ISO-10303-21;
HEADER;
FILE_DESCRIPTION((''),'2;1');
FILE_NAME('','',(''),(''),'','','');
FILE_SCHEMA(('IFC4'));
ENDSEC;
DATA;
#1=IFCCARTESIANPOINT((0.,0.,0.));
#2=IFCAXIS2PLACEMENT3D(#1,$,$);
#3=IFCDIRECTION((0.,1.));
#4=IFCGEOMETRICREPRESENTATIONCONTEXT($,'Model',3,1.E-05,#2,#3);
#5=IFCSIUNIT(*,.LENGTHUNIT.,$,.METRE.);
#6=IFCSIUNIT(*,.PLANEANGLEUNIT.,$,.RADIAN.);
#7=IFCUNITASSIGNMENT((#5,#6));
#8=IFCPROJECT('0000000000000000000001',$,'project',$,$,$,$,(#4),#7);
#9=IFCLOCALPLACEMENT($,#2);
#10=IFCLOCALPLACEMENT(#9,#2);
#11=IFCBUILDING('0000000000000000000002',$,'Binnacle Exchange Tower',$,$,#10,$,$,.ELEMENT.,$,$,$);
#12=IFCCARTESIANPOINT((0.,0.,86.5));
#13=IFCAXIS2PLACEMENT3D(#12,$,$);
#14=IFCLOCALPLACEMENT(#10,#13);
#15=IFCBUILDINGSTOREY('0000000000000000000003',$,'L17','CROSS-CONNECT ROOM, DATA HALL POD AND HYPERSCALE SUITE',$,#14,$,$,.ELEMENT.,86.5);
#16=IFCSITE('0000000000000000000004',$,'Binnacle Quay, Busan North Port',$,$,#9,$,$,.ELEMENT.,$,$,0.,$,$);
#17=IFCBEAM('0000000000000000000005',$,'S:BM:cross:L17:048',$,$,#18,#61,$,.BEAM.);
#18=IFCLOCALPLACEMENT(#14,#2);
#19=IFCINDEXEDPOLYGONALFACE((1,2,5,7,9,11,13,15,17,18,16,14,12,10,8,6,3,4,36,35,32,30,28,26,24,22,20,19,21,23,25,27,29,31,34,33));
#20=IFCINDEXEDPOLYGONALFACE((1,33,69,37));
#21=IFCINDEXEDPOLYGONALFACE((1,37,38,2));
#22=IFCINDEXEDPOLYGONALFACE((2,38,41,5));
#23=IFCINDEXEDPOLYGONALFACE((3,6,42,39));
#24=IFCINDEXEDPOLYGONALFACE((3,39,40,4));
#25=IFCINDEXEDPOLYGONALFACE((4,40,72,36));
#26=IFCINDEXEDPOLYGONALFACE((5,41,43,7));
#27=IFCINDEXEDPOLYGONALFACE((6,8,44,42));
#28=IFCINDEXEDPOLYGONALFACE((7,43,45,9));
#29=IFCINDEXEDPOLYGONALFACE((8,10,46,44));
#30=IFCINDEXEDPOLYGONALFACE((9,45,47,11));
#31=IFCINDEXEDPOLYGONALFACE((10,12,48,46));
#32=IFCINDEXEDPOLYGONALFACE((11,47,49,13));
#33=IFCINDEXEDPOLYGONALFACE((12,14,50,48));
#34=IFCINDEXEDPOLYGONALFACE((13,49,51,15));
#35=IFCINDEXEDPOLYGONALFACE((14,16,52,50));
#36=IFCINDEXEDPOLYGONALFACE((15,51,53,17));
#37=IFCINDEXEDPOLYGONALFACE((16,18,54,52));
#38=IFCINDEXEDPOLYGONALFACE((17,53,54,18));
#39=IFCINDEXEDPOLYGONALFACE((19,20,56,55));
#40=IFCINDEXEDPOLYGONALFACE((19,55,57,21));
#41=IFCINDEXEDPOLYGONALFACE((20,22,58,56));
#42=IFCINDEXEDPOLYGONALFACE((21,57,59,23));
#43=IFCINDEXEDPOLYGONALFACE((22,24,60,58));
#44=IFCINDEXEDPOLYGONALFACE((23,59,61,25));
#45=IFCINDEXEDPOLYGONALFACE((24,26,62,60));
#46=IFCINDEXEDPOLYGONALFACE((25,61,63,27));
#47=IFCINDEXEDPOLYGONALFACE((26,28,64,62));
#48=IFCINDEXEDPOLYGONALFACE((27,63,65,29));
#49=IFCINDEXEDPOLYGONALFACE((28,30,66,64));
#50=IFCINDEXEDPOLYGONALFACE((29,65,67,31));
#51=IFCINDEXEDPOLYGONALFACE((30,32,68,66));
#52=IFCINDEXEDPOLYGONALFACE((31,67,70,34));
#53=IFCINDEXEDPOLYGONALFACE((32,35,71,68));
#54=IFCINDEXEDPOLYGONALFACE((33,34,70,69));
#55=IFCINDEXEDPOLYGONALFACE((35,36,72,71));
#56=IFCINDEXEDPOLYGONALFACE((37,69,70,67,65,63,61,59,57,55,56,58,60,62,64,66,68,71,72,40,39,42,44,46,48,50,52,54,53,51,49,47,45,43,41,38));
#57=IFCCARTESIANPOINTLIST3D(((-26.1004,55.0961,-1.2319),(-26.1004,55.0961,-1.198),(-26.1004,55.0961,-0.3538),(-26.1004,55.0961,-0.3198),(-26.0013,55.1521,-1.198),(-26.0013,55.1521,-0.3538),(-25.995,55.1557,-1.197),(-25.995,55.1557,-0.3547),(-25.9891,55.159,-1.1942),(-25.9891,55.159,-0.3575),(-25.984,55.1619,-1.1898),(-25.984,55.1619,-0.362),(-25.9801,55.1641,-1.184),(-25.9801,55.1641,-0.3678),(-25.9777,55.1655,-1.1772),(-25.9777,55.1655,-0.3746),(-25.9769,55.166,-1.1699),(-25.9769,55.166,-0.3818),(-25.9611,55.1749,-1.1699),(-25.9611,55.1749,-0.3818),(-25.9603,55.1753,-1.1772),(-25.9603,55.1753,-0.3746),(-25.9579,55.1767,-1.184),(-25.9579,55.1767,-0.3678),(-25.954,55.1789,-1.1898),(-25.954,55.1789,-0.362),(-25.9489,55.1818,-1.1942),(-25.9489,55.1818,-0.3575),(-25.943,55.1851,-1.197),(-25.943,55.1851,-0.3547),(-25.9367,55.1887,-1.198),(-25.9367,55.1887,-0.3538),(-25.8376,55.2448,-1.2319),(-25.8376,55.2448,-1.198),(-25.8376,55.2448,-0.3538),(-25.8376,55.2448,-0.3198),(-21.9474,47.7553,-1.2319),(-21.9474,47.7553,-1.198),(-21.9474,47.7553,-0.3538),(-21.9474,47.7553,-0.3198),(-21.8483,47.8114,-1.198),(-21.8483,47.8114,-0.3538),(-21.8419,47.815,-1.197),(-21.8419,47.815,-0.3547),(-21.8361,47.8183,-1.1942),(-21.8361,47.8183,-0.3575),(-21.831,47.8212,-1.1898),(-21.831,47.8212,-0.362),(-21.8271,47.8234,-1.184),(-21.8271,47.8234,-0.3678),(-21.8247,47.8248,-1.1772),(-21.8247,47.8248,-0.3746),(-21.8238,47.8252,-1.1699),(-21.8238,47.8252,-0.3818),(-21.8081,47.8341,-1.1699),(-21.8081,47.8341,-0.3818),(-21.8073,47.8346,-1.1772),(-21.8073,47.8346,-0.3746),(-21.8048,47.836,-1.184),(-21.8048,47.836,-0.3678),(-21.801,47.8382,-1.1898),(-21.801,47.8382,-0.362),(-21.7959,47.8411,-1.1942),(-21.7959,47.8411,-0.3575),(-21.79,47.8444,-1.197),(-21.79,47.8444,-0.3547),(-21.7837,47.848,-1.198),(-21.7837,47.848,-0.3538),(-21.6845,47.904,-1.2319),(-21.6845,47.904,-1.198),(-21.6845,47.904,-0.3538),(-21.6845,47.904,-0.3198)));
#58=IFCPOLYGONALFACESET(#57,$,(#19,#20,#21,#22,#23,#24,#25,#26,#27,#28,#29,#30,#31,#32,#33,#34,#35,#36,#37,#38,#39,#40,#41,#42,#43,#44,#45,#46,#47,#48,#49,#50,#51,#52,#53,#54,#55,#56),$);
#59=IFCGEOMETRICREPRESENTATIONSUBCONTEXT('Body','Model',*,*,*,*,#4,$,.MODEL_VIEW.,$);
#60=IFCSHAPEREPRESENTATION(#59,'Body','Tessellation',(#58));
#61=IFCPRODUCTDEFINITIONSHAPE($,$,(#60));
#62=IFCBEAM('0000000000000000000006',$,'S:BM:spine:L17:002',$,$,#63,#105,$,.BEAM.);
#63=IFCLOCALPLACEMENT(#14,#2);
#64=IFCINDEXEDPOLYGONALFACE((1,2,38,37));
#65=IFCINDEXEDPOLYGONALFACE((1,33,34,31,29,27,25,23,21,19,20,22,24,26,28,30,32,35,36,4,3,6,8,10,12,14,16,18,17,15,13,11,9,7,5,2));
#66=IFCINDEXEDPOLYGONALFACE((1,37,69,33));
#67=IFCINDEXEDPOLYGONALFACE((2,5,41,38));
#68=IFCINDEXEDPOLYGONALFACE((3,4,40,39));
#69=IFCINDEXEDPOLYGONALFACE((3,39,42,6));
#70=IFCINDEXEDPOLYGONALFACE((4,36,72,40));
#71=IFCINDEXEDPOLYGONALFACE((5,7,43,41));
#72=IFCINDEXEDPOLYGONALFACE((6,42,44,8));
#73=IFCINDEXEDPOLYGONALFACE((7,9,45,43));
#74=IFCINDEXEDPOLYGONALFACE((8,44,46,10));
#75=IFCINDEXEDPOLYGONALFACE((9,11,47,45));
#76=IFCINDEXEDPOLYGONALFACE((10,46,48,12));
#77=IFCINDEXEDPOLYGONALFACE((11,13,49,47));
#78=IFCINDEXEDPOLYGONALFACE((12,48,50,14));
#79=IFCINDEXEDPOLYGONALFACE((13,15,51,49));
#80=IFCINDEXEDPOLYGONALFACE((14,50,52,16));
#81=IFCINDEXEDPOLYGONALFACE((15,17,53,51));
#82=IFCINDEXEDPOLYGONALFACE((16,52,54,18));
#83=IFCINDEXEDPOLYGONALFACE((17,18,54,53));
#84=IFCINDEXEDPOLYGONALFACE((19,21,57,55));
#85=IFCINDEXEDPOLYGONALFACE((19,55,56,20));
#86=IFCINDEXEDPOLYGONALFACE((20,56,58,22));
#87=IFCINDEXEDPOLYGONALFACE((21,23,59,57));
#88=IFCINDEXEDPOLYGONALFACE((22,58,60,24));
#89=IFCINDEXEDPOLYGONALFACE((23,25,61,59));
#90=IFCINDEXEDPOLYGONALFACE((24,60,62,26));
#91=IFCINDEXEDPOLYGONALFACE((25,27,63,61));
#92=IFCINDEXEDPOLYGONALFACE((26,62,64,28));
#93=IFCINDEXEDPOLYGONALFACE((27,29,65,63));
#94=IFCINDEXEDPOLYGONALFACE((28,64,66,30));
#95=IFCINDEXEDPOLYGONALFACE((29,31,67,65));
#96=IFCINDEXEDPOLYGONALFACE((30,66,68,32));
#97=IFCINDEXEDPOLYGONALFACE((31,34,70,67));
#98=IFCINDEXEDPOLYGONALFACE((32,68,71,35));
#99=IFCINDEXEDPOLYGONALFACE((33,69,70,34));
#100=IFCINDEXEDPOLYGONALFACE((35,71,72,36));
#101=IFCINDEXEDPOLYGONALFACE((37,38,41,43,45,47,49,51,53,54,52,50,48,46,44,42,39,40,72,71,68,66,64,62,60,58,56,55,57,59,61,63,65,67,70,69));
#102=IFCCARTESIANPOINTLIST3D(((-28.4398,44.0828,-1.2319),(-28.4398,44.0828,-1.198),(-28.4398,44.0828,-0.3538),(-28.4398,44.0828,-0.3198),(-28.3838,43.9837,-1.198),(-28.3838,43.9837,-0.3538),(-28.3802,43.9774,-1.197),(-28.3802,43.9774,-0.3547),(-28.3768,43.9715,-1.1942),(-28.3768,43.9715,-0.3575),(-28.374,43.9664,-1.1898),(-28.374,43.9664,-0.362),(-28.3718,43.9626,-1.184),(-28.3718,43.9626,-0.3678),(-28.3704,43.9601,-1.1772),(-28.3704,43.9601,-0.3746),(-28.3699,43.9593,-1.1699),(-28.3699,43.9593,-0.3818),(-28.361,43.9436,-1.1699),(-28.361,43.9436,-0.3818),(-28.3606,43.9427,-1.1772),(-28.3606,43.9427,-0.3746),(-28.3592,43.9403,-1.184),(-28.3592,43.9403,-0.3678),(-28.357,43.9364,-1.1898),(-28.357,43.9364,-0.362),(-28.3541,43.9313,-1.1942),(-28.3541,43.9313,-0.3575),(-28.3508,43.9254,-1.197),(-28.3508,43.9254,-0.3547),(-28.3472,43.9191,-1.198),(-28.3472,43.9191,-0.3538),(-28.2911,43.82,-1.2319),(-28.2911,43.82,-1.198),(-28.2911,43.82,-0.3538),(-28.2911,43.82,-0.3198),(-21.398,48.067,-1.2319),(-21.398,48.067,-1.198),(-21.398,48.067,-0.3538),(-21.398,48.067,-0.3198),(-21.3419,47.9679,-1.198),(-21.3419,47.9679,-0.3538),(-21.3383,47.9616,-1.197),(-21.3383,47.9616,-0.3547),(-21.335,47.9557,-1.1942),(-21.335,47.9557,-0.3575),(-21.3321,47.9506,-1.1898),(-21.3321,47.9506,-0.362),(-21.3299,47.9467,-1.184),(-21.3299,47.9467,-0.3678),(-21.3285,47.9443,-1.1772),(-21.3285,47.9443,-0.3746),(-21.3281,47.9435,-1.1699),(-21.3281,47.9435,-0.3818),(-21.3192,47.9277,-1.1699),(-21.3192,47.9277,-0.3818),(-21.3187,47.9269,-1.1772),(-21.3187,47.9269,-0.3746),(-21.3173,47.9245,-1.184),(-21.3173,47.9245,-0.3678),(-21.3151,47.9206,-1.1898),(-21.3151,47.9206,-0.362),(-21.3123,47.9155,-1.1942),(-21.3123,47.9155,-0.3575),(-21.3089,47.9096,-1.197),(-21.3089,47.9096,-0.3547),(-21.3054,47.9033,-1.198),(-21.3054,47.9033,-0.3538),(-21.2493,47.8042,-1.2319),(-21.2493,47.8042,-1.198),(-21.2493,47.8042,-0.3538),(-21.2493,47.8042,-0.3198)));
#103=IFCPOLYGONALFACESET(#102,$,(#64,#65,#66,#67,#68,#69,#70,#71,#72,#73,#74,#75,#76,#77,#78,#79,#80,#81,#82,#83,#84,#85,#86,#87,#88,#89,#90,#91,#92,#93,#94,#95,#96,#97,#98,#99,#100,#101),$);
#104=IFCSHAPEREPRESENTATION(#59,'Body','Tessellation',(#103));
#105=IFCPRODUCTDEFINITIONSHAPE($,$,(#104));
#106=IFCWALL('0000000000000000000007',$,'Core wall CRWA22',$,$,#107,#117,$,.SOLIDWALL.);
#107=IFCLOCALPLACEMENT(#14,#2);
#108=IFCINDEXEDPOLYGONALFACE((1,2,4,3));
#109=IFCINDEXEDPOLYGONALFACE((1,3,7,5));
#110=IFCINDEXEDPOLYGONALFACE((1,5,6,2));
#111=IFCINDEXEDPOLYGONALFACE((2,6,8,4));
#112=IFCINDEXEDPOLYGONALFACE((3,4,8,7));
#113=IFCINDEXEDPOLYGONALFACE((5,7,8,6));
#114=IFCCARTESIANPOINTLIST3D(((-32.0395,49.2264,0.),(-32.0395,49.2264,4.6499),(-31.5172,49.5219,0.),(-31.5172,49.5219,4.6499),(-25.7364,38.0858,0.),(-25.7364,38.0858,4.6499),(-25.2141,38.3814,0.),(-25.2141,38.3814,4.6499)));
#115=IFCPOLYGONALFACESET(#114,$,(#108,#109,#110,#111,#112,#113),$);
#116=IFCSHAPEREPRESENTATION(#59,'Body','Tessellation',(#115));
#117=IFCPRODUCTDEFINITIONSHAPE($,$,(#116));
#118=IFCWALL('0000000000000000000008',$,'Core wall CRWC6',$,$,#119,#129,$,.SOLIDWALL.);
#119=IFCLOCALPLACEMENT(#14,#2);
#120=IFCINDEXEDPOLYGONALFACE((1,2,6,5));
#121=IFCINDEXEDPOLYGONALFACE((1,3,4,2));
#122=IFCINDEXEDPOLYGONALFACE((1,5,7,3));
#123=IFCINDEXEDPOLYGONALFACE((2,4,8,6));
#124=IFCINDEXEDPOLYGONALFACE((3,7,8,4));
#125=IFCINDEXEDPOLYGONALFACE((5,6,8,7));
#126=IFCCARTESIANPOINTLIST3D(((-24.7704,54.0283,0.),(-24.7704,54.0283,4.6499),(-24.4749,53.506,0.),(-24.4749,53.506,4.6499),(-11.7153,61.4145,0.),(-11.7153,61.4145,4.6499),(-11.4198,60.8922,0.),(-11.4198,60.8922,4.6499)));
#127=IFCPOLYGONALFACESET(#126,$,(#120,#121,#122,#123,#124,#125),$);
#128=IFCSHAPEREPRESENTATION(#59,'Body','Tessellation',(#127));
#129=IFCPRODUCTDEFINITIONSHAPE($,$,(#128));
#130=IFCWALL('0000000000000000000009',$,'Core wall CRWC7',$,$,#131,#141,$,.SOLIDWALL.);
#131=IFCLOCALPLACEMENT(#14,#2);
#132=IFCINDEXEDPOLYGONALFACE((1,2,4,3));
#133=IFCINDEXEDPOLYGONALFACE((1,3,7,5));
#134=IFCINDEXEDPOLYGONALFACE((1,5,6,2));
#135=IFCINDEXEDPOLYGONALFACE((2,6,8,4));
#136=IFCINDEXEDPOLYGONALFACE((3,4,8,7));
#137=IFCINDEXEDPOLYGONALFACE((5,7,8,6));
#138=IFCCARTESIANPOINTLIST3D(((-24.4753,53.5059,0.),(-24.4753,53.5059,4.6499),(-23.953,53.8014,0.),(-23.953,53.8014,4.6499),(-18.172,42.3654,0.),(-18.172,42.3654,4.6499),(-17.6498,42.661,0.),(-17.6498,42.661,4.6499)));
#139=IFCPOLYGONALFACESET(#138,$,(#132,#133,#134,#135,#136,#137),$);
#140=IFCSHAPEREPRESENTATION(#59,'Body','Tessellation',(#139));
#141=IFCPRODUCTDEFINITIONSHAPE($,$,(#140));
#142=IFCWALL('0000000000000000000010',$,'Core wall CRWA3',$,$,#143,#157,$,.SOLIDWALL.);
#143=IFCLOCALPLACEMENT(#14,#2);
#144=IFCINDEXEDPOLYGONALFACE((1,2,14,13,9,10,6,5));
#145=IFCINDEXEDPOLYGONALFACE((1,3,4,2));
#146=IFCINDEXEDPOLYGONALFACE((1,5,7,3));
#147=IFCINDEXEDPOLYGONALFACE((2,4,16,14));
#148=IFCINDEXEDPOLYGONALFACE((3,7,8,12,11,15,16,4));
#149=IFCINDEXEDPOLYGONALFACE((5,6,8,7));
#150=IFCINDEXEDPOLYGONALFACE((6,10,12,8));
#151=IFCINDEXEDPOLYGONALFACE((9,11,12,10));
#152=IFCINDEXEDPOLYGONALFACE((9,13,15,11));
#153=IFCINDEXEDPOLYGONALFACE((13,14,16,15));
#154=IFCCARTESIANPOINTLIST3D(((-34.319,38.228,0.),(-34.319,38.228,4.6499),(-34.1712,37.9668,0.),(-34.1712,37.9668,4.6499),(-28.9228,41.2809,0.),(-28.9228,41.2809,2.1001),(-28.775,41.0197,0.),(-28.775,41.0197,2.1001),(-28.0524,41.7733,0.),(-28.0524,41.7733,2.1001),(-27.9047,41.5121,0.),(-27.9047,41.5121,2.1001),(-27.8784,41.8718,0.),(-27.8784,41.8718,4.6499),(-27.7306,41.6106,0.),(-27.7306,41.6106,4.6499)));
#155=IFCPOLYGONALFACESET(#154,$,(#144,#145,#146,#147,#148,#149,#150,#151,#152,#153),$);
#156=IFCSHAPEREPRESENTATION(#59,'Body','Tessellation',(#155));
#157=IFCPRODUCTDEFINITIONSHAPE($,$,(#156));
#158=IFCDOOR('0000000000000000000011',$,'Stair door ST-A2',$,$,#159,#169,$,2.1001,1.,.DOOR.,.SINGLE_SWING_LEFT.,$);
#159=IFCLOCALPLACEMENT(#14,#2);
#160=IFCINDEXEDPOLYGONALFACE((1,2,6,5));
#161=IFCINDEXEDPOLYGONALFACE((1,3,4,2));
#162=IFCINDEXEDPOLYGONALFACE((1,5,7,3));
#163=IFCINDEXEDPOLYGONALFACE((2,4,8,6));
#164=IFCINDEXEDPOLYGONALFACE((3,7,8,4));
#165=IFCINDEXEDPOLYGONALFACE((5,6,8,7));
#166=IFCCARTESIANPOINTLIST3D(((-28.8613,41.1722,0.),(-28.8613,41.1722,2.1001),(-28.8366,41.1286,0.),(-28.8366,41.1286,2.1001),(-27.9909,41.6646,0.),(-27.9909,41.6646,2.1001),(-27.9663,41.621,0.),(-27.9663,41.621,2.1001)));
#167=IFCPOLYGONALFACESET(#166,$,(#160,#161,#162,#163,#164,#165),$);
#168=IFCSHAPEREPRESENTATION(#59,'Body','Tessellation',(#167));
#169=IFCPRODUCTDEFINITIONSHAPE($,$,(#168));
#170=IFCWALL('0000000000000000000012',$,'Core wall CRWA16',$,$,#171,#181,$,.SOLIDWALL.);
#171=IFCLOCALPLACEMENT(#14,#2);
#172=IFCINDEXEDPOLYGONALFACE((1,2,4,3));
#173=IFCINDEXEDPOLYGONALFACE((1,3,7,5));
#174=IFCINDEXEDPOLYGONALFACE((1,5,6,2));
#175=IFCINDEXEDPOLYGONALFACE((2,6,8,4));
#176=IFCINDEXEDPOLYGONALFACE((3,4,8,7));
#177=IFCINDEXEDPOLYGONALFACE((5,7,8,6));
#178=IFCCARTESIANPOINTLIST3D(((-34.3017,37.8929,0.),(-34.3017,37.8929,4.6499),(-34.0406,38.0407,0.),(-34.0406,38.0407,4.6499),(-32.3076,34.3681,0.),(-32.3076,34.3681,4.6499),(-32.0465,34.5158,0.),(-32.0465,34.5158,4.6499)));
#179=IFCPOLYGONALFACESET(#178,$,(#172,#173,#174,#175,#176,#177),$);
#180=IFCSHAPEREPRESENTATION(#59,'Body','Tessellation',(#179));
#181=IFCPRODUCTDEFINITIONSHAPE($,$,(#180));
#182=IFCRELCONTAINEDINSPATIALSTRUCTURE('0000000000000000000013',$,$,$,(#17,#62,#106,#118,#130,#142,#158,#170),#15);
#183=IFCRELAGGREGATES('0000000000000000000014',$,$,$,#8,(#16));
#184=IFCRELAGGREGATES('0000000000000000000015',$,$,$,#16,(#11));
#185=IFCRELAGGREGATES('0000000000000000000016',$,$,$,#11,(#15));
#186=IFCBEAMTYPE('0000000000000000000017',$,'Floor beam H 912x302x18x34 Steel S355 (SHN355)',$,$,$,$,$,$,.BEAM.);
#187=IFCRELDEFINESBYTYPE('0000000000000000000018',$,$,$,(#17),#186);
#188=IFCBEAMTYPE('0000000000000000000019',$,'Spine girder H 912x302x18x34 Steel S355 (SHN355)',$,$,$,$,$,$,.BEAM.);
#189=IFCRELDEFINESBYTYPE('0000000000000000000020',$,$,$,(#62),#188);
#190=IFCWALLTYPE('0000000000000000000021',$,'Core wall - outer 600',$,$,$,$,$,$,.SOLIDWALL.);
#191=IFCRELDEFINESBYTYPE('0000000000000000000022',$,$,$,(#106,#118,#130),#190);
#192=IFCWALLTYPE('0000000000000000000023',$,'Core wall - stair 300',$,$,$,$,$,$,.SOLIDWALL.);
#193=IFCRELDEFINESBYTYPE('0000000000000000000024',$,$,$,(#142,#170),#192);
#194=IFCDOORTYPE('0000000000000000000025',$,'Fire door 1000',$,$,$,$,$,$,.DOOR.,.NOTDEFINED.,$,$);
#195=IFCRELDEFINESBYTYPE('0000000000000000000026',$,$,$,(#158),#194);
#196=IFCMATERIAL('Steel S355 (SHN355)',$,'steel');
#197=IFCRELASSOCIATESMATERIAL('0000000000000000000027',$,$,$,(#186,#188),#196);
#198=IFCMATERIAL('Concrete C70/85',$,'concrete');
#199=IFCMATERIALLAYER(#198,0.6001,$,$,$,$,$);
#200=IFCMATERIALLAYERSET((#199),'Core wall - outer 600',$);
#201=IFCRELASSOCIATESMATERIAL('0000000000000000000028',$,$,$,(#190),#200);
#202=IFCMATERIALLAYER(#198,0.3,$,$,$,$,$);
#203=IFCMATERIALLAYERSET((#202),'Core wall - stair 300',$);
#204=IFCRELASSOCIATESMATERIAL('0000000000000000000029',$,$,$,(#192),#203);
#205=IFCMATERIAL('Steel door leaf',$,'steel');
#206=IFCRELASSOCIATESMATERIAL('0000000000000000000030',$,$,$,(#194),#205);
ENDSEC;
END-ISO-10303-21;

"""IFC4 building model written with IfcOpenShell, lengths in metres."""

from ifc_helpers import new_model, si_unit, direction, frame, frame_2d, origin, origin_2d, place, context, subcontext, project, spatial, rectangle, i_section, extrude, material, layer, layer_set, material_profile, profile_set, type_object, element, fill, save


model = new_model("IFC4")

# Units and contexts
model_context = context("Model", 3, precision=1e-05, world=origin(), true_north=direction((0.0, 1.0)))
body_context = subcontext(model_context, "Body", "Model", "MODEL_VIEW")
ifc_project = project(units=[si_unit("LENGTHUNIT", "METRE"), si_unit("PLANEANGLEUNIT", "RADIAN")], contexts=[model_context])

# Site, building, storey
site_placement = place(None, origin())
site = spatial("IfcSite", under=ifc_project, at=site_placement, Name="Binnacle Quay, Busan North Port", CompositionType="ELEMENT", RefElevation=0.0)
building_placement = place(site_placement, origin())
building = spatial("IfcBuilding", under=site, at=building_placement, Name="Binnacle Exchange Tower", CompositionType="ELEMENT")
storey_placement = place(building_placement, frame((0.0, 0.0, 86.5)))
storey = spatial("IfcBuildingStorey", under=building, at=storey_placement, Name="L17", Description="CROSS-CONNECT ROOM, DATA HALL POD AND HYPERSCALE SUITE", CompositionType="ELEMENT", Elevation=86.5)

# Shared definitions
ifc_material_1 = material(Name="Concrete C70/85", Category="concrete")

# Beams
ifc_material_2 = material(Name="Steel S355 (SHN355)", Category="steel")
ifc_material_profile_1 = material_profile(ifc_material_2, i_section(OverallWidth=0.302, OverallDepth=0.9121, WebThickness=0.0181, FlangeThickness=0.0339, FilletRadius=0.0281, at=origin_2d()), Name="H 912x302x18x34")
ifc_profile_set_1 = profile_set([ifc_material_profile_1], Name="Steel S355 (SHN355)")
beam_type_1 = type_object("IfcBeamType", Name="Floor beam H 912x302x18x34 Steel S355 (SHN355)", PredefinedType="BEAM", material=ifc_profile_set_1)
beam_1_placement = place(storey_placement, frame((-25.969, 55.1704, -0.7759), z_axis=(0.492409, -0.870364, 0.0), x_axis=(0.870364, 0.492409, 0.0)))
element("IfcBeam", 1, at=beam_1_placement, inside=storey, type_object=beam_type_1, Name="S:BM:cross:L17:048", PredefinedType="BEAM", context=body_context, shape_type="SweptSolid", body=[
    extrude(i_section(OverallWidth=0.302, OverallDepth=0.9121, WebThickness=0.0181, FlangeThickness=0.0339, FilletRadius=0.0281, at=origin_2d()), origin(), (0.0, 0.0, 1.0), 8.4341),
])
ifc_material_profile_2 = material_profile(ifc_material_2, i_section(OverallWidth=0.302, OverallDepth=0.9121, WebThickness=0.0181, FlangeThickness=0.0339, FilletRadius=0.0281, at=origin_2d()), Name="H 912x302x18x34")
ifc_profile_set_2 = profile_set([ifc_material_profile_2], Name="Steel S355 (SHN355)")
beam_type_2 = type_object("IfcBeamType", Name="Spine girder H 912x302x18x34 Steel S355 (SHN355)", PredefinedType="BEAM", material=ifc_profile_set_2)
beam_2_placement = place(storey_placement, frame((-28.3655, 43.9514, -0.7759), z_axis=(0.87035, 0.492433, 0.0), x_axis=(-0.492433, 0.87035, 0.0)))
element("IfcBeam", 2, at=beam_2_placement, inside=storey, type_object=beam_type_2, Name="S:BM:spine:L17:002", PredefinedType="BEAM", context=body_context, shape_type="SweptSolid", body=[
    extrude(i_section(OverallWidth=0.302, OverallDepth=0.9121, WebThickness=0.0181, FlangeThickness=0.0339, FilletRadius=0.0281, at=origin_2d()), origin(), (0.0, 0.0, 1.0), 8.0908),
])

# Walls
ifc_layer_1 = layer(ifc_material_1, 0.6001)
ifc_layer_set_1 = layer_set([ifc_layer_1], Name="Core wall - outer 600")
wall_type_1 = type_object("IfcWallType", Name="Core wall - outer 600", PredefinedType="SOLIDWALL", material=ifc_layer_set_1)
wall_1_placement = place(storey_placement, frame((-31.7783, 49.374, 0.0), z_axis=(0.0, 0.0, 1.0), x_axis=(0.492433, -0.87035, 0.0)))
element("IfcWall", 3, at=wall_1_placement, inside=storey, type_object=wall_type_1, Name="Core wall CRWA22", PredefinedType="SOLIDWALL", context=body_context, shape_type="SweptSolid", body=[
    extrude(rectangle(XDim=12.8, YDim=0.6001, at=frame_2d((6.3999, 0.0))), origin(), (0.0, 0.0, 1.0), 4.6499),
])
wall_2_placement = place(storey_placement, frame((-24.6228, 53.7671, 0.0), z_axis=(0.0, 0.0, 1.0), x_axis=(0.870357, 0.492422, 0.0)))
element("IfcWall", 4, at=wall_2_placement, inside=storey, type_object=wall_type_1, Name="Core wall CRWC6", PredefinedType="SOLIDWALL", context=body_context, shape_type="SweptSolid", body=[
    extrude(rectangle(XDim=14.9998, YDim=0.6001, at=frame_2d((7.5, 0.0))), origin(), (0.0, 0.0, 1.0), 4.6499),
])
wall_3_placement = place(storey_placement, frame((-24.2141, 53.6536, 0.0), z_axis=(0.0, 0.0, 1.0), x_axis=(0.492441, -0.870346, 0.0)))
element("IfcWall", 5, at=wall_3_placement, inside=storey, type_object=wall_type_1, Name="Core wall CRWC7", PredefinedType="SOLIDWALL", context=body_context, shape_type="SweptSolid", body=[
    extrude(rectangle(XDim=12.8, YDim=0.6001, at=frame_2d((6.3999, 0.0))), origin(), (0.0, 0.0, 1.0), 4.6499),
])

# Wall, opening, door
ifc_layer_2 = layer(ifc_material_1, 0.3)
ifc_layer_set_2 = layer_set([ifc_layer_2], Name="Core wall - stair 300")
wall_type_2 = type_object("IfcWallType", Name="Core wall - stair 300", PredefinedType="SOLIDWALL", material=ifc_layer_set_2)
wall_4_placement = place(storey_placement, frame((-34.2451, 38.0974, 0.0), z_axis=(0.0, 0.0, 1.0), x_axis=(0.870365, 0.492407, 0.0)))
wall_4 = element("IfcWall", 6, at=wall_4_placement, inside=storey, type_object=wall_type_2, Name="Core wall CRWA3", PredefinedType="SOLIDWALL", context=body_context, shape_type="SweptSolid", body=[
    extrude(rectangle(XDim=7.3999, YDim=0.3, at=frame_2d((3.7, 0.0))), origin(), (0.0, 0.0, 1.0), 4.6499),
])
opening_1_placement = place(wall_4_placement, frame((6.2, 0.0, 0.0)))
opening_1 = element("IfcOpeningElement", 7, at=opening_1_placement, cuts=wall_4, PredefinedType="OPENING", context=body_context, shape_type="SweptSolid", body=[
    extrude(rectangle(XDim=1.0, YDim=2.1001, at=frame_2d((0.5, 1.05))), frame((0.0, 0.1599, 0.0), z_axis=(0.0, -1.0, 0.0), x_axis=(1.0, 0.0, 0.0)), (0.0, 0.0, 1.0), 0.3201),
])
ifc_material_3 = material(Name="Steel door leaf", Category="steel")
door_type_1 = type_object("IfcDoorType", Name="Fire door 1000", OperationType="NOTDEFINED", PredefinedType="DOOR", material=ifc_material_3)
door_1_placement = place(opening_1_placement, frame((1.0, 0.0, 0.0), z_axis=(0.0, 0.0, 1.0), x_axis=(-1.0, 0.0, 0.0)))
door_1 = element("IfcDoor", 8, at=door_1_placement, inside=storey, type_object=door_type_1, Name="Stair door ST-A2", OperationType="SINGLE_SWING_LEFT", OverallHeight=2.1001, OverallWidth=1.0, PredefinedType="DOOR", context=body_context, shape_type="SweptSolid", body=[
    extrude(rectangle(XDim=1.0, YDim=2.1001, at=frame_2d((0.5, 1.05))), frame((0.0, 0.0249, 0.0), z_axis=(0.0, -1.0, 0.0), x_axis=(1.0, 0.0, 0.0)), (0.0, 0.0, 1.0), 0.05),
])
fill(opening_1, door_1)

# Wall
wall_5_placement = place(storey_placement, frame((-34.1711, 37.9668, 0.0), z_axis=(0.0, 0.0, 1.0), x_axis=(0.492395, -0.870372, 0.0)))
element("IfcWall", 9, at=wall_5_placement, inside=storey, type_object=wall_type_2, Name="Core wall CRWA16", PredefinedType="SOLIDWALL", context=body_context, shape_type="SweptSolid", body=[
    extrude(rectangle(XDim=4.0498, YDim=0.3, at=frame_2d((2.0249, 0.0))), origin(), (0.0, 0.0, 1.0), 4.6499),
])

save(model, "model.ifc")
